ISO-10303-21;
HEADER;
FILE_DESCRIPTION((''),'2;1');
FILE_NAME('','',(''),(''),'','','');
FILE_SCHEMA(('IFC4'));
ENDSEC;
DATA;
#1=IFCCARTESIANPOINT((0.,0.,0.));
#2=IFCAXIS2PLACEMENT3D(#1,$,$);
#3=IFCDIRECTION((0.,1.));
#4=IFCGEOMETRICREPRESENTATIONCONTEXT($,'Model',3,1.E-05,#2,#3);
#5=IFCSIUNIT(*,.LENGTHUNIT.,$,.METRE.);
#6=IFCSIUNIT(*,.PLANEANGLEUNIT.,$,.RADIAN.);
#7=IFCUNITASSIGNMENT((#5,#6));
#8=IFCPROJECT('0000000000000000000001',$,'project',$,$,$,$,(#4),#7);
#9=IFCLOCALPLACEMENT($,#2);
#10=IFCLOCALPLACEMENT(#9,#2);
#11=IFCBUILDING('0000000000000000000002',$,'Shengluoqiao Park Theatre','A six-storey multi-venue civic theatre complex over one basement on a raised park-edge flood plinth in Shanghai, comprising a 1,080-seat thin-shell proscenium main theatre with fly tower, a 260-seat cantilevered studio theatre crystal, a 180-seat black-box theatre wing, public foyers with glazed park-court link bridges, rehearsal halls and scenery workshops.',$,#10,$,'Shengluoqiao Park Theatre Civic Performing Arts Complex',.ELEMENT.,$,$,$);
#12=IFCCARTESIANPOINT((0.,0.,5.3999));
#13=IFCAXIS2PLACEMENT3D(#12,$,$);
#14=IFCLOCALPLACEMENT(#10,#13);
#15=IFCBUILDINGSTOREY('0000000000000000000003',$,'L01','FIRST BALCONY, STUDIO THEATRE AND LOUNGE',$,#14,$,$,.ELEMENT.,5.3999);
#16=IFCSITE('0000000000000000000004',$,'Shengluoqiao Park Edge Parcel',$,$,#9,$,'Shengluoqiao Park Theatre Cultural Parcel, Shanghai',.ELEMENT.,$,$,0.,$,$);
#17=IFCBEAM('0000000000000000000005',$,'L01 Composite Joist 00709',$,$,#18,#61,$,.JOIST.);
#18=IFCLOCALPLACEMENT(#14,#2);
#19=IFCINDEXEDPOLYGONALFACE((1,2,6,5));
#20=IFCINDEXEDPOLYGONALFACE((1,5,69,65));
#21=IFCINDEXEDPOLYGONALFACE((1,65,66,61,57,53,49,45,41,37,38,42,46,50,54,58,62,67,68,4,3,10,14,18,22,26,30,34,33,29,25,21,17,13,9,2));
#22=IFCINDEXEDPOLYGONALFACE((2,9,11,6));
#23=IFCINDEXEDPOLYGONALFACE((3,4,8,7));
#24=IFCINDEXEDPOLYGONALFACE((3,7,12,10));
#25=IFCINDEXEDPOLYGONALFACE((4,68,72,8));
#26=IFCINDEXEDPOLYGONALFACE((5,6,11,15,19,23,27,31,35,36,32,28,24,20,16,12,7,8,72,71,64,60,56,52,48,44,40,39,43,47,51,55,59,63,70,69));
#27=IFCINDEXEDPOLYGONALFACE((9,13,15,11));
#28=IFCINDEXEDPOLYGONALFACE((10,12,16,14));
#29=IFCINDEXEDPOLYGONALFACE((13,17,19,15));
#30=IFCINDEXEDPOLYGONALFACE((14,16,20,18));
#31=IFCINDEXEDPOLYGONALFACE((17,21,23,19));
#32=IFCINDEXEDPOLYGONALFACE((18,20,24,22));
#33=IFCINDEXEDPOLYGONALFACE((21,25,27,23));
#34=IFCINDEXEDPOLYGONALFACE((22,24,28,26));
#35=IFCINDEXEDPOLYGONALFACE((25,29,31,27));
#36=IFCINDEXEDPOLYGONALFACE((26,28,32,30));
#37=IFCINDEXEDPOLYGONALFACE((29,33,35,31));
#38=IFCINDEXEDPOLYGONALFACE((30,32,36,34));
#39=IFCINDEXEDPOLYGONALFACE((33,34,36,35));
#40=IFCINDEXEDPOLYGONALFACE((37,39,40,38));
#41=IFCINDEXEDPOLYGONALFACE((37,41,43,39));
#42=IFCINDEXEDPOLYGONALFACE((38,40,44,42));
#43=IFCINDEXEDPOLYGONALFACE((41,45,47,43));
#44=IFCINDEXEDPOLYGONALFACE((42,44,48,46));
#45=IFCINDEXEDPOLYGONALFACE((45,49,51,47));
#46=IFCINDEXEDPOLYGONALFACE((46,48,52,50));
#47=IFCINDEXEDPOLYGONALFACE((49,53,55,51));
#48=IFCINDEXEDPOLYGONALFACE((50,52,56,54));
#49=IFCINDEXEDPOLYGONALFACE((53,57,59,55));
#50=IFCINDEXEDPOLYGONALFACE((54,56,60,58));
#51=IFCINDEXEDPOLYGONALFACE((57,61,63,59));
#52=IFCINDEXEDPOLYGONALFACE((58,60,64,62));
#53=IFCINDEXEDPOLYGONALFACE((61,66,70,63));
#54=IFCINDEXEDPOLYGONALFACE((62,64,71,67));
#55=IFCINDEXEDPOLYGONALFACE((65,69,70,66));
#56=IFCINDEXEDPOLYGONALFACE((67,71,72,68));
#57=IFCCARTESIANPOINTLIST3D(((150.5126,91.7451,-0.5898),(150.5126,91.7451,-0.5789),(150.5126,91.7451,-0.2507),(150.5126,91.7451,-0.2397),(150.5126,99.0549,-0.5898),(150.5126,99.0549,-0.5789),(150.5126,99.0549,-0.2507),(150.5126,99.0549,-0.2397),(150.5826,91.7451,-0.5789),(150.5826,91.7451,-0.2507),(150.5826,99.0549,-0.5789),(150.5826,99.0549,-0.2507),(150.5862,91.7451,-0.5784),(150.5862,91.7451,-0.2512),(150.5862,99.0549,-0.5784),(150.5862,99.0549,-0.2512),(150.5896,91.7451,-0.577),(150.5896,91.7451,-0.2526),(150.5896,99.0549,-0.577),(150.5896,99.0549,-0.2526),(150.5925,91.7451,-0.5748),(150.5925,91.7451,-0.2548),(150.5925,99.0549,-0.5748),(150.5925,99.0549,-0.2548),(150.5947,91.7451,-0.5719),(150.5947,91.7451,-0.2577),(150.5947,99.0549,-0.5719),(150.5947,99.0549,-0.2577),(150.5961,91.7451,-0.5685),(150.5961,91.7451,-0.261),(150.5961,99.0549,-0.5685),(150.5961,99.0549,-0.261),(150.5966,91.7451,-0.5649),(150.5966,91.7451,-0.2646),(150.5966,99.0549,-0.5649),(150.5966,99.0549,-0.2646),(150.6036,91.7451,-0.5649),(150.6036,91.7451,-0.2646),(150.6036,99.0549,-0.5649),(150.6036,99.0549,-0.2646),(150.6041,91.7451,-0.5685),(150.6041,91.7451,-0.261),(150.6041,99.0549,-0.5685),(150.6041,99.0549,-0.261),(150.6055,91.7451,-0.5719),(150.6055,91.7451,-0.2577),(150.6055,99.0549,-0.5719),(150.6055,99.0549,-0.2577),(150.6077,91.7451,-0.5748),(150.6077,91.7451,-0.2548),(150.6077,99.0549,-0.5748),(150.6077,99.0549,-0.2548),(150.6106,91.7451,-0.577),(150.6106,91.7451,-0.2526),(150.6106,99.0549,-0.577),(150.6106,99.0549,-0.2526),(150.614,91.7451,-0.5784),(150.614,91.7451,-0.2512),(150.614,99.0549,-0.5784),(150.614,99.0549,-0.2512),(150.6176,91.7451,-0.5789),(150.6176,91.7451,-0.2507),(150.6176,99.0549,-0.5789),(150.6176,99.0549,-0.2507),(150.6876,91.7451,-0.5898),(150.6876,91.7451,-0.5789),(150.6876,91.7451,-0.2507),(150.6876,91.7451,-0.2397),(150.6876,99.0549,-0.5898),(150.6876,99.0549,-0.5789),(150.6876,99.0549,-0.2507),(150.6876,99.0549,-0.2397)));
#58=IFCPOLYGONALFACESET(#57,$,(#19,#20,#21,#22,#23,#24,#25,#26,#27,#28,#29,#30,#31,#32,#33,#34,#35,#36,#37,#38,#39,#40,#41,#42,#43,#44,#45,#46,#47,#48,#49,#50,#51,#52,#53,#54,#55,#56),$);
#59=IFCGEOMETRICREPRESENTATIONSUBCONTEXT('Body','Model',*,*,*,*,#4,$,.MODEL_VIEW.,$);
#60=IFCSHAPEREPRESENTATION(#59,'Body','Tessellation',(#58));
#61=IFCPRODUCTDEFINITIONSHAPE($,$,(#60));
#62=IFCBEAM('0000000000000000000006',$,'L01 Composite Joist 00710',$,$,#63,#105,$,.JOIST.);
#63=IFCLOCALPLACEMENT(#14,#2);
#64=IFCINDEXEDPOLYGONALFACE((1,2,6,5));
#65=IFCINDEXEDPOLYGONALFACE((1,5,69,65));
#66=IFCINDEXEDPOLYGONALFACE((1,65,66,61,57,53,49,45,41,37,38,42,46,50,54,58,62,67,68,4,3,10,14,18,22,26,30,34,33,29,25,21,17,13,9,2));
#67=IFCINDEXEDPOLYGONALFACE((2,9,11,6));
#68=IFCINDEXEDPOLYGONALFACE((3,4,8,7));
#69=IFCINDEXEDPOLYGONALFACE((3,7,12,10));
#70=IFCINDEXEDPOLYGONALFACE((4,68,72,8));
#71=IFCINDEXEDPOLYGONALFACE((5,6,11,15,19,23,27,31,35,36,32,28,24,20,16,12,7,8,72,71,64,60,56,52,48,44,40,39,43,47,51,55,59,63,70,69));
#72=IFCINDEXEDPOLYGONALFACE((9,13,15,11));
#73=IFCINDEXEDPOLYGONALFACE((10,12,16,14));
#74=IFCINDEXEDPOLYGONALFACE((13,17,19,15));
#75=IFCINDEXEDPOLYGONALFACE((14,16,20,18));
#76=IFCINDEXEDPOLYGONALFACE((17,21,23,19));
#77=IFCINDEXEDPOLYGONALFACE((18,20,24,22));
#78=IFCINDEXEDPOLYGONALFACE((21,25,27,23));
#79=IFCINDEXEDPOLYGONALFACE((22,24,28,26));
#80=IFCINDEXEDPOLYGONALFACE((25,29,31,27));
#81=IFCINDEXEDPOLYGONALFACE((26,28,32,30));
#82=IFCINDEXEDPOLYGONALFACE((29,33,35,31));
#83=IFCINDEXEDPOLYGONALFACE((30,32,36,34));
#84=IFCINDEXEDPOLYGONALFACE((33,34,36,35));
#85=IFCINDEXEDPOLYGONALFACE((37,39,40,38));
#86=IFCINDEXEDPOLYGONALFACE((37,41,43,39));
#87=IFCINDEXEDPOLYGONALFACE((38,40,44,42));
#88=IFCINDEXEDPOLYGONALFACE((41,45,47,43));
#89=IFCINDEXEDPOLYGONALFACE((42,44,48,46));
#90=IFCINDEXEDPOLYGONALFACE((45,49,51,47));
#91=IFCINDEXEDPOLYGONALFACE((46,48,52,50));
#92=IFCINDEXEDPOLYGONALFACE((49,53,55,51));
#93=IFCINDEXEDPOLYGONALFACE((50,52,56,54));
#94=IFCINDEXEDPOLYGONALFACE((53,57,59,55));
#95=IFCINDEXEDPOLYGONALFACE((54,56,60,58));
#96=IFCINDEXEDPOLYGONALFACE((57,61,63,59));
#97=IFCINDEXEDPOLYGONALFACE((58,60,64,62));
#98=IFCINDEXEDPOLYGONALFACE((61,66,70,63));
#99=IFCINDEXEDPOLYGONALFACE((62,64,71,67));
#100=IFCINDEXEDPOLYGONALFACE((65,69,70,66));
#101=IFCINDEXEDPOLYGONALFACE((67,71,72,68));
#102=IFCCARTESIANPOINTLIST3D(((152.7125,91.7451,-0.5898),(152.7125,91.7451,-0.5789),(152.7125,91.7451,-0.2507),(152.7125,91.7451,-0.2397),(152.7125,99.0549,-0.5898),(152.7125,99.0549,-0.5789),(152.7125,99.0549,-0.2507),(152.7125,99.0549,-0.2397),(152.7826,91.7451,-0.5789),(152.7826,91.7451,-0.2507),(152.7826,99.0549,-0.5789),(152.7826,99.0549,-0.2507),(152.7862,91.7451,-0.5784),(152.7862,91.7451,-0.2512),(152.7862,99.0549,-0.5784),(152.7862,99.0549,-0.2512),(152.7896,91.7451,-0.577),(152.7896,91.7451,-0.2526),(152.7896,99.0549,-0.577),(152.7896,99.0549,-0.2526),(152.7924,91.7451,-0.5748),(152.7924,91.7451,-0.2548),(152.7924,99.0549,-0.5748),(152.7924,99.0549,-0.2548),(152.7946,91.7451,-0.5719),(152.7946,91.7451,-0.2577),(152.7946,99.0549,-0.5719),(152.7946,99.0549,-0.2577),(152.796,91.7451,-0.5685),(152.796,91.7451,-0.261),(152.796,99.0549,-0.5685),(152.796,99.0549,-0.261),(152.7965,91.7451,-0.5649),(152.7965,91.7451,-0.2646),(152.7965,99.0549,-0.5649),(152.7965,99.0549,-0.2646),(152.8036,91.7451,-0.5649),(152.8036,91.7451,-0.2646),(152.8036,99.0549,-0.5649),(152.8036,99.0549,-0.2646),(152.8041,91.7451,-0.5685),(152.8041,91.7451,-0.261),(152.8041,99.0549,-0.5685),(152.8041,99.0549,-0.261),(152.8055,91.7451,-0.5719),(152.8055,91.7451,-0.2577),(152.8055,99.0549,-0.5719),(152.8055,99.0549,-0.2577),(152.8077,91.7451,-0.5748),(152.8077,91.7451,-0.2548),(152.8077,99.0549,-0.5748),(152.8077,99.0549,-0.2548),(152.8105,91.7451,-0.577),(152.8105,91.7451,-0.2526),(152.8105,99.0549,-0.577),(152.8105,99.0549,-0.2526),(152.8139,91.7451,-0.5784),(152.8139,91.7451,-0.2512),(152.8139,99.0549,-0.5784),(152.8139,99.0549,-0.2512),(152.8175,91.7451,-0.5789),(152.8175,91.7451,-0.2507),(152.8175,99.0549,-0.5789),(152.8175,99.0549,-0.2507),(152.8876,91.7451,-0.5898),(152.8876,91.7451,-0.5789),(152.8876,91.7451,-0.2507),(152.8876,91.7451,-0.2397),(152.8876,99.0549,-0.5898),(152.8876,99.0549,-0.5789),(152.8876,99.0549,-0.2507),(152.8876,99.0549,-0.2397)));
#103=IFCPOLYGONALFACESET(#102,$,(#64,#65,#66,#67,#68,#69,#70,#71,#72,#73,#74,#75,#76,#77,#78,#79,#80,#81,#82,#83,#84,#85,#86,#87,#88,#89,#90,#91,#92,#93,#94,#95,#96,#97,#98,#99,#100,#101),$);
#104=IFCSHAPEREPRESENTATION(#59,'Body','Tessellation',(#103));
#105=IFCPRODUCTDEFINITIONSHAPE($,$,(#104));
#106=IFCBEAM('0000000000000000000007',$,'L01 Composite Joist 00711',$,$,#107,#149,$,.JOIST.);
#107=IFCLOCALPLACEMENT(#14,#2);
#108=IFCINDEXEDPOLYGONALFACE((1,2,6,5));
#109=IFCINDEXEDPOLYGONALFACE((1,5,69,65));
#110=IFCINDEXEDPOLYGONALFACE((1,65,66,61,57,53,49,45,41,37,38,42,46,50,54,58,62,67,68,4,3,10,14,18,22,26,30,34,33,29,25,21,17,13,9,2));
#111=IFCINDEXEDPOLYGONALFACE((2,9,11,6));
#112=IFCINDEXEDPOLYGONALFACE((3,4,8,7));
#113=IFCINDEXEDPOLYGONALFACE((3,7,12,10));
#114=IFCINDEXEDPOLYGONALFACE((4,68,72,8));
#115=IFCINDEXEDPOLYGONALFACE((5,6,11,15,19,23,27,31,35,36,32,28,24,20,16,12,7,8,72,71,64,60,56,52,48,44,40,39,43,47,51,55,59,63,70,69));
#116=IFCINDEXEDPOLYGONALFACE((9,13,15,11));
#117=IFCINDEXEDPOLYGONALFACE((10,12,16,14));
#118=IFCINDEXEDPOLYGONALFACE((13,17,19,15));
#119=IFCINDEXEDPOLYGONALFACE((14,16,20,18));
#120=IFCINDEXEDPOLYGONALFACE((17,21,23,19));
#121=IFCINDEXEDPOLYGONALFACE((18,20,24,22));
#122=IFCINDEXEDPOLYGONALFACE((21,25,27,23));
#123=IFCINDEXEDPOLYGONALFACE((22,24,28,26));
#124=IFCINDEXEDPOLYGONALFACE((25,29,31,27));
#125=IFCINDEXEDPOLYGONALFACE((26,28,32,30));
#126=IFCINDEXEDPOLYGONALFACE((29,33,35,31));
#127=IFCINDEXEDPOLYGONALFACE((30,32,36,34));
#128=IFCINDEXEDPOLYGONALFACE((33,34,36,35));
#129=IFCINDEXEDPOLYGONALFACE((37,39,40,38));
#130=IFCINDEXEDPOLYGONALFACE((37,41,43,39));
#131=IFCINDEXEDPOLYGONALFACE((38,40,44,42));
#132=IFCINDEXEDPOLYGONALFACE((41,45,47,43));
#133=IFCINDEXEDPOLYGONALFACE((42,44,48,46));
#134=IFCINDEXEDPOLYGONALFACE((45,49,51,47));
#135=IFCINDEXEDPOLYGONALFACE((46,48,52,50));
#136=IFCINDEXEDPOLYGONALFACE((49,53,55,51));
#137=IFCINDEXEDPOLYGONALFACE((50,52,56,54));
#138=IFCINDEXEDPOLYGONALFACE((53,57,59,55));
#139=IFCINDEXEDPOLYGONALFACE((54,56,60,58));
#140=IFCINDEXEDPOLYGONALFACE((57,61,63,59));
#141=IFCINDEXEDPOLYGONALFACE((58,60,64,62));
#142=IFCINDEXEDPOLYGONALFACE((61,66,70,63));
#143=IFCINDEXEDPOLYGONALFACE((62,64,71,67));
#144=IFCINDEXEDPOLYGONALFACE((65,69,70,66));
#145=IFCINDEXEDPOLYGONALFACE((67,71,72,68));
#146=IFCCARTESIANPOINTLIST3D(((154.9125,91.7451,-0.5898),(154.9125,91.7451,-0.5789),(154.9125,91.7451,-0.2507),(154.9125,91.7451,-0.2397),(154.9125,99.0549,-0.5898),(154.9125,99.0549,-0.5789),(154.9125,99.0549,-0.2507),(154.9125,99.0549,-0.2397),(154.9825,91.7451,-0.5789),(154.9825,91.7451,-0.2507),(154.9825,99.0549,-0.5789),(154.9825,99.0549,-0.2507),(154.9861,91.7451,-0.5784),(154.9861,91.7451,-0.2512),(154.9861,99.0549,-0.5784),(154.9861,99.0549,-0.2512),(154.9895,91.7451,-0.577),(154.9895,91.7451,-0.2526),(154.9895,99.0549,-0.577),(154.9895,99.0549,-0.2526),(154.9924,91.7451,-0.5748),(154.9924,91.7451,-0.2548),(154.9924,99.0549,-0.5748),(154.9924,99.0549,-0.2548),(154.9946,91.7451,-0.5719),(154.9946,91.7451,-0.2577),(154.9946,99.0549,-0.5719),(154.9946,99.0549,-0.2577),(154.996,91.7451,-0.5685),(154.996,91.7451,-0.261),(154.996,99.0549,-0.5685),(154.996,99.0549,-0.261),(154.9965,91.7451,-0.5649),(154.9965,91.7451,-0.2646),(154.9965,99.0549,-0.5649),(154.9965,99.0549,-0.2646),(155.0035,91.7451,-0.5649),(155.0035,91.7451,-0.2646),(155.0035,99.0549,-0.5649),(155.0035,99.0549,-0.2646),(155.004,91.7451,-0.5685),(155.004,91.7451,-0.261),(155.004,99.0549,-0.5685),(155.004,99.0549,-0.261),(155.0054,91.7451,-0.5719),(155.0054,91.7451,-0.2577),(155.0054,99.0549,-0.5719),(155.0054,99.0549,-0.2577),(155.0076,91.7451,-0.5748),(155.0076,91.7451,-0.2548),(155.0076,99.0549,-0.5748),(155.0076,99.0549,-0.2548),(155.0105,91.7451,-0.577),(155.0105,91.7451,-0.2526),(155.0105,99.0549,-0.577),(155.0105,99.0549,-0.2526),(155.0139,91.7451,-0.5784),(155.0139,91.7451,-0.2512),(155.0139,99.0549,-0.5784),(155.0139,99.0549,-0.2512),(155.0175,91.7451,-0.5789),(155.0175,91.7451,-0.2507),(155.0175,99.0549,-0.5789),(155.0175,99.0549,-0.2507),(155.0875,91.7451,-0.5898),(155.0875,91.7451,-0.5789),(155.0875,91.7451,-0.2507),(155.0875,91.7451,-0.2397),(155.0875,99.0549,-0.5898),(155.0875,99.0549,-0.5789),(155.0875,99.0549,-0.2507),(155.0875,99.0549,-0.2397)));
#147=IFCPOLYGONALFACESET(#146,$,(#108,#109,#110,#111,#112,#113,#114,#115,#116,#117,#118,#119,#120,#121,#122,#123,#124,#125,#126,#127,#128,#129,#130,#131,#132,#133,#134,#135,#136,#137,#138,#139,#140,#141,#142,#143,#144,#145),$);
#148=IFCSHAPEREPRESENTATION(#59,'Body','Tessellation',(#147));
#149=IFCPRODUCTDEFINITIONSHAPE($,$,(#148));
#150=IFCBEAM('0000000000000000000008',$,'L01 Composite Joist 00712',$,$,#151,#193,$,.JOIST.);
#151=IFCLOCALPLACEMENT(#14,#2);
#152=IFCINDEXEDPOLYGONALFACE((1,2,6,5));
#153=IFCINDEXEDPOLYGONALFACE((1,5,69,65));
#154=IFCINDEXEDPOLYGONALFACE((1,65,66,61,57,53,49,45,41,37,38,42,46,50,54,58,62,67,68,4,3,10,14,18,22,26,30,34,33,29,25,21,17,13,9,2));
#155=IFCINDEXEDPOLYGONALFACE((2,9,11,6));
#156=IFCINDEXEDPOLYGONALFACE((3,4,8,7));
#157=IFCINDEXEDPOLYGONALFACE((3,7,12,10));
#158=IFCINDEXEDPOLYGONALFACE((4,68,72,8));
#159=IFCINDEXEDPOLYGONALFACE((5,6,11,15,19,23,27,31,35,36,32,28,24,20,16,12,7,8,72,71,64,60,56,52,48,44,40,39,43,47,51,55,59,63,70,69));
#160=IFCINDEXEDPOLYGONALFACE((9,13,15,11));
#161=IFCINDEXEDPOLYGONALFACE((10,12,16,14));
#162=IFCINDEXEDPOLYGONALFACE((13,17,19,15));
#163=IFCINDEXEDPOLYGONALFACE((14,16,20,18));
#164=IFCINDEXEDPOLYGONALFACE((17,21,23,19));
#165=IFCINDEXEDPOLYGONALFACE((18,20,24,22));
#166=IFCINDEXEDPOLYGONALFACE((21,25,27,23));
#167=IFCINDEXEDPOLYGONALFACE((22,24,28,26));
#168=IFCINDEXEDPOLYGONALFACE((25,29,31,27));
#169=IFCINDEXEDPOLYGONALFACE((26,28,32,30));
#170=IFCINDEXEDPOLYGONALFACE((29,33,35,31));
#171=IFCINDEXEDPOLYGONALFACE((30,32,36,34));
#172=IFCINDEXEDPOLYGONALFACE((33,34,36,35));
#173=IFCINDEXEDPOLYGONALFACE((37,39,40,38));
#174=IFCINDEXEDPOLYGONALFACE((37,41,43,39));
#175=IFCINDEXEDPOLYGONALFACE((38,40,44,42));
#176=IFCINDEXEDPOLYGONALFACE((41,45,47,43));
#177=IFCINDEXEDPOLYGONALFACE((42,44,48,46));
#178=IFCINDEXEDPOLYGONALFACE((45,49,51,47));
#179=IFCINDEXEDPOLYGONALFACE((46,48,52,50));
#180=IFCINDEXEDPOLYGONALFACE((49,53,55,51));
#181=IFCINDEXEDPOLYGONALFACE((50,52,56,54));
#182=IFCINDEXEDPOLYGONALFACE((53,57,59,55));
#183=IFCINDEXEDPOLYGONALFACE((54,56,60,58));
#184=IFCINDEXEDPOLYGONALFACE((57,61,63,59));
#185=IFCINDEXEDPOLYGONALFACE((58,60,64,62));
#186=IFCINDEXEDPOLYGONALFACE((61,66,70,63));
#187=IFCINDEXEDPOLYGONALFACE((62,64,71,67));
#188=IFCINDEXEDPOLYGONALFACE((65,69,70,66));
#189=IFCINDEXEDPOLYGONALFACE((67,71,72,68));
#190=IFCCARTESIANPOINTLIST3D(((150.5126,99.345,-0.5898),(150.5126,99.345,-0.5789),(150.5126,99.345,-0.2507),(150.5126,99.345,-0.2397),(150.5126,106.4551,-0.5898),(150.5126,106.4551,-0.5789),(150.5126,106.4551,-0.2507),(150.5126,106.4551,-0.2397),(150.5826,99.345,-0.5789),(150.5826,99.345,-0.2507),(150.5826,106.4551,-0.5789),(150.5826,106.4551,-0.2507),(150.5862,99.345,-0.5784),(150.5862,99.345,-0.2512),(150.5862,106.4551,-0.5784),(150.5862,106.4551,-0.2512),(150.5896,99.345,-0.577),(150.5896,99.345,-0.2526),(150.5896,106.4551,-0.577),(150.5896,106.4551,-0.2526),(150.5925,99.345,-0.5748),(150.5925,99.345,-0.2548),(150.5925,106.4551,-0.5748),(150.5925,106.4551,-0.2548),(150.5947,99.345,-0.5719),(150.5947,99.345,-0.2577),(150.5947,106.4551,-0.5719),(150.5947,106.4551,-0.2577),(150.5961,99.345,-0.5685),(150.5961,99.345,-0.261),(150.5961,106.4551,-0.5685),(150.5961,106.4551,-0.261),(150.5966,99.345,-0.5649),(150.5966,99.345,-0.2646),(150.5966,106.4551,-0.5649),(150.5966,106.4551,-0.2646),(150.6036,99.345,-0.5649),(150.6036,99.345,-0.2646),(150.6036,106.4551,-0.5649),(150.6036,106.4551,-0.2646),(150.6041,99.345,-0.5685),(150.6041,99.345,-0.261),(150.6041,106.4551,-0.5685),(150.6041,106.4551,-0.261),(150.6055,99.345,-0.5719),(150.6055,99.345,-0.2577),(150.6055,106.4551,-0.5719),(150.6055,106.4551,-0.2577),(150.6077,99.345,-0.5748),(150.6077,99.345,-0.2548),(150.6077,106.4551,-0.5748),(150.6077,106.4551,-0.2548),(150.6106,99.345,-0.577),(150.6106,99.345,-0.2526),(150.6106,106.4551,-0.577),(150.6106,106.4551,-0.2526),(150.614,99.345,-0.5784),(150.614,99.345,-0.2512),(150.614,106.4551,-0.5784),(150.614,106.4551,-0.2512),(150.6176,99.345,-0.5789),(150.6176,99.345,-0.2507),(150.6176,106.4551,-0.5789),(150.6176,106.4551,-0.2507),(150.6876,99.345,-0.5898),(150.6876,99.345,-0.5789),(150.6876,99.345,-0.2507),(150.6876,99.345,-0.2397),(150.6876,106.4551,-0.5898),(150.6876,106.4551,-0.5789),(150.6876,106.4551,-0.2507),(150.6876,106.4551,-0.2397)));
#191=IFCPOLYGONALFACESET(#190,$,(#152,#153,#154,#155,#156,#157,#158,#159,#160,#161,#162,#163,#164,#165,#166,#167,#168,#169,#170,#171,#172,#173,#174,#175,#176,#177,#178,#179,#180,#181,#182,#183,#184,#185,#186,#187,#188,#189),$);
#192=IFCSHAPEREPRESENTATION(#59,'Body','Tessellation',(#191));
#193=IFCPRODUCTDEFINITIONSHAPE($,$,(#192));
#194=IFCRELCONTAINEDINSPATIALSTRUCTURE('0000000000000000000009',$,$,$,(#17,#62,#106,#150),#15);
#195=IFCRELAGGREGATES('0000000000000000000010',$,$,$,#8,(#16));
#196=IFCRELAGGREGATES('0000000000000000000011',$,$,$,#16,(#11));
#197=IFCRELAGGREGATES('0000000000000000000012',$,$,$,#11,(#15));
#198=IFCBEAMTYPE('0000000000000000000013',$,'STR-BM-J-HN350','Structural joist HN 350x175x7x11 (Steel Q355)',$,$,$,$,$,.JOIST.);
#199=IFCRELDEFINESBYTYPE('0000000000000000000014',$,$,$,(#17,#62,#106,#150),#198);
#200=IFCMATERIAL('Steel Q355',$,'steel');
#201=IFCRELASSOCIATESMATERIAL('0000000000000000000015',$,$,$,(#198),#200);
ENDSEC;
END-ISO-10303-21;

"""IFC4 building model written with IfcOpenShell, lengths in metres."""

from ifc_helpers import new_model, si_unit, direction, frame, origin, origin_2d, place, context, subcontext, project, spatial, i_section, extrude, material, material_profile, profile_set, type_object, element, save


model = new_model("IFC4")

# Units and contexts
model_context = context("Model", 3, precision=1e-05, world=origin(), true_north=direction((0.0, 1.0)))
body_context = subcontext(model_context, "Body", "Model", "MODEL_VIEW")
ifc_project = project(units=[si_unit("LENGTHUNIT", "METRE"), si_unit("PLANEANGLEUNIT", "RADIAN")], contexts=[model_context])

# Site, building, storey
site_placement = place(None, origin())
site = spatial("IfcSite", under=ifc_project, at=site_placement, Name="Shengluoqiao Park Edge Parcel", LongName="Shengluoqiao Park Theatre Cultural Parcel, Shanghai", CompositionType="ELEMENT", RefElevation=0.0)
building_placement = place(site_placement, origin())
building = spatial("IfcBuilding", under=site, at=building_placement, Name="Shengluoqiao Park Theatre", Description="A six-storey multi-venue civic theatre complex over one basement on a raised park-edge flood plinth in Shanghai, comprising a 1,080-seat thin-shell proscenium main theatre with fly tower, a 260-seat cantilevered studio theatre crystal, a 180-seat black-box theatre wing, public foyers with glazed park-court link bridges, rehearsal halls and scenery workshops.", LongName="Shengluoqiao Park Theatre Civic Performing Arts Complex", CompositionType="ELEMENT")
storey_placement = place(building_placement, frame((0.0, 0.0, 5.3999)))
storey = spatial("IfcBuildingStorey", under=building, at=storey_placement, Name="L01", Description="FIRST BALCONY, STUDIO THEATRE AND LOUNGE", CompositionType="ELEMENT", Elevation=5.3999)

# Beams
ifc_material_1 = material(Name="Steel Q355", Category="steel")
ifc_material_profile_1 = material_profile(ifc_material_1, i_section(OverallWidth=0.175, OverallDepth=0.3501, WebThickness=0.0071, FlangeThickness=0.011, FilletRadius=0.0139, at=origin_2d()), Name="HN 350x175x7x11")
ifc_profile_set_1 = profile_set([ifc_material_profile_1], Name="Steel Q355")
beam_type_1 = type_object("IfcBeamType", Name="STR-BM-J-HN350", Description="Structural joist HN 350x175x7x11 (Steel Q355)", PredefinedType="JOIST", material=ifc_profile_set_1)
for number, where, z_axis, x_axis, name in (
    (1, (150.6001, 91.7451, -0.4148), (0.0, 1.0, 0.0), (-1.0, 0.0, 0.0), "L01 Composite Joist 00709"),
    (2, (152.8, 91.7451, -0.4148), (0.0, 1.0, 0.0), (-1.0, 0.0, 0.0), "L01 Composite Joist 00710"),
    (3, (155.0, 91.7451, -0.4148), (0.0, 1.0, 0.0), (-1.0, 0.0, 0.0), "L01 Composite Joist 00711"),
):
    element("IfcBeam", number, at=place(storey_placement, frame(where, z_axis=z_axis, x_axis=x_axis)), inside=storey, type_object=beam_type_1, Name=name, PredefinedType="JOIST", context=body_context, shape_type="SweptSolid", body=[
        extrude(i_section(OverallWidth=0.175, OverallDepth=0.3501, WebThickness=0.0071, FlangeThickness=0.011, FilletRadius=0.0139, at=origin_2d()), origin(), (0.0, 0.0, 1.0), 7.3098),
    ])
for number, where, z_axis, x_axis, name in (
    (4, (150.6001, 99.345, -0.4148), (0.0, 1.0, 0.0), (-1.0, 0.0, 0.0), "L01 Composite Joist 00712"),
):
    element("IfcBeam", number, at=place(storey_placement, frame(where, z_axis=z_axis, x_axis=x_axis)), inside=storey, type_object=beam_type_1, Name=name, PredefinedType="JOIST", context=body_context, shape_type="SweptSolid", body=[
        extrude(i_section(OverallWidth=0.175, OverallDepth=0.3501, WebThickness=0.0071, FlangeThickness=0.011, FilletRadius=0.0139, at=origin_2d()), origin(), (0.0, 0.0, 1.0), 7.1101),
    ])

save(model, "model.ifc")
